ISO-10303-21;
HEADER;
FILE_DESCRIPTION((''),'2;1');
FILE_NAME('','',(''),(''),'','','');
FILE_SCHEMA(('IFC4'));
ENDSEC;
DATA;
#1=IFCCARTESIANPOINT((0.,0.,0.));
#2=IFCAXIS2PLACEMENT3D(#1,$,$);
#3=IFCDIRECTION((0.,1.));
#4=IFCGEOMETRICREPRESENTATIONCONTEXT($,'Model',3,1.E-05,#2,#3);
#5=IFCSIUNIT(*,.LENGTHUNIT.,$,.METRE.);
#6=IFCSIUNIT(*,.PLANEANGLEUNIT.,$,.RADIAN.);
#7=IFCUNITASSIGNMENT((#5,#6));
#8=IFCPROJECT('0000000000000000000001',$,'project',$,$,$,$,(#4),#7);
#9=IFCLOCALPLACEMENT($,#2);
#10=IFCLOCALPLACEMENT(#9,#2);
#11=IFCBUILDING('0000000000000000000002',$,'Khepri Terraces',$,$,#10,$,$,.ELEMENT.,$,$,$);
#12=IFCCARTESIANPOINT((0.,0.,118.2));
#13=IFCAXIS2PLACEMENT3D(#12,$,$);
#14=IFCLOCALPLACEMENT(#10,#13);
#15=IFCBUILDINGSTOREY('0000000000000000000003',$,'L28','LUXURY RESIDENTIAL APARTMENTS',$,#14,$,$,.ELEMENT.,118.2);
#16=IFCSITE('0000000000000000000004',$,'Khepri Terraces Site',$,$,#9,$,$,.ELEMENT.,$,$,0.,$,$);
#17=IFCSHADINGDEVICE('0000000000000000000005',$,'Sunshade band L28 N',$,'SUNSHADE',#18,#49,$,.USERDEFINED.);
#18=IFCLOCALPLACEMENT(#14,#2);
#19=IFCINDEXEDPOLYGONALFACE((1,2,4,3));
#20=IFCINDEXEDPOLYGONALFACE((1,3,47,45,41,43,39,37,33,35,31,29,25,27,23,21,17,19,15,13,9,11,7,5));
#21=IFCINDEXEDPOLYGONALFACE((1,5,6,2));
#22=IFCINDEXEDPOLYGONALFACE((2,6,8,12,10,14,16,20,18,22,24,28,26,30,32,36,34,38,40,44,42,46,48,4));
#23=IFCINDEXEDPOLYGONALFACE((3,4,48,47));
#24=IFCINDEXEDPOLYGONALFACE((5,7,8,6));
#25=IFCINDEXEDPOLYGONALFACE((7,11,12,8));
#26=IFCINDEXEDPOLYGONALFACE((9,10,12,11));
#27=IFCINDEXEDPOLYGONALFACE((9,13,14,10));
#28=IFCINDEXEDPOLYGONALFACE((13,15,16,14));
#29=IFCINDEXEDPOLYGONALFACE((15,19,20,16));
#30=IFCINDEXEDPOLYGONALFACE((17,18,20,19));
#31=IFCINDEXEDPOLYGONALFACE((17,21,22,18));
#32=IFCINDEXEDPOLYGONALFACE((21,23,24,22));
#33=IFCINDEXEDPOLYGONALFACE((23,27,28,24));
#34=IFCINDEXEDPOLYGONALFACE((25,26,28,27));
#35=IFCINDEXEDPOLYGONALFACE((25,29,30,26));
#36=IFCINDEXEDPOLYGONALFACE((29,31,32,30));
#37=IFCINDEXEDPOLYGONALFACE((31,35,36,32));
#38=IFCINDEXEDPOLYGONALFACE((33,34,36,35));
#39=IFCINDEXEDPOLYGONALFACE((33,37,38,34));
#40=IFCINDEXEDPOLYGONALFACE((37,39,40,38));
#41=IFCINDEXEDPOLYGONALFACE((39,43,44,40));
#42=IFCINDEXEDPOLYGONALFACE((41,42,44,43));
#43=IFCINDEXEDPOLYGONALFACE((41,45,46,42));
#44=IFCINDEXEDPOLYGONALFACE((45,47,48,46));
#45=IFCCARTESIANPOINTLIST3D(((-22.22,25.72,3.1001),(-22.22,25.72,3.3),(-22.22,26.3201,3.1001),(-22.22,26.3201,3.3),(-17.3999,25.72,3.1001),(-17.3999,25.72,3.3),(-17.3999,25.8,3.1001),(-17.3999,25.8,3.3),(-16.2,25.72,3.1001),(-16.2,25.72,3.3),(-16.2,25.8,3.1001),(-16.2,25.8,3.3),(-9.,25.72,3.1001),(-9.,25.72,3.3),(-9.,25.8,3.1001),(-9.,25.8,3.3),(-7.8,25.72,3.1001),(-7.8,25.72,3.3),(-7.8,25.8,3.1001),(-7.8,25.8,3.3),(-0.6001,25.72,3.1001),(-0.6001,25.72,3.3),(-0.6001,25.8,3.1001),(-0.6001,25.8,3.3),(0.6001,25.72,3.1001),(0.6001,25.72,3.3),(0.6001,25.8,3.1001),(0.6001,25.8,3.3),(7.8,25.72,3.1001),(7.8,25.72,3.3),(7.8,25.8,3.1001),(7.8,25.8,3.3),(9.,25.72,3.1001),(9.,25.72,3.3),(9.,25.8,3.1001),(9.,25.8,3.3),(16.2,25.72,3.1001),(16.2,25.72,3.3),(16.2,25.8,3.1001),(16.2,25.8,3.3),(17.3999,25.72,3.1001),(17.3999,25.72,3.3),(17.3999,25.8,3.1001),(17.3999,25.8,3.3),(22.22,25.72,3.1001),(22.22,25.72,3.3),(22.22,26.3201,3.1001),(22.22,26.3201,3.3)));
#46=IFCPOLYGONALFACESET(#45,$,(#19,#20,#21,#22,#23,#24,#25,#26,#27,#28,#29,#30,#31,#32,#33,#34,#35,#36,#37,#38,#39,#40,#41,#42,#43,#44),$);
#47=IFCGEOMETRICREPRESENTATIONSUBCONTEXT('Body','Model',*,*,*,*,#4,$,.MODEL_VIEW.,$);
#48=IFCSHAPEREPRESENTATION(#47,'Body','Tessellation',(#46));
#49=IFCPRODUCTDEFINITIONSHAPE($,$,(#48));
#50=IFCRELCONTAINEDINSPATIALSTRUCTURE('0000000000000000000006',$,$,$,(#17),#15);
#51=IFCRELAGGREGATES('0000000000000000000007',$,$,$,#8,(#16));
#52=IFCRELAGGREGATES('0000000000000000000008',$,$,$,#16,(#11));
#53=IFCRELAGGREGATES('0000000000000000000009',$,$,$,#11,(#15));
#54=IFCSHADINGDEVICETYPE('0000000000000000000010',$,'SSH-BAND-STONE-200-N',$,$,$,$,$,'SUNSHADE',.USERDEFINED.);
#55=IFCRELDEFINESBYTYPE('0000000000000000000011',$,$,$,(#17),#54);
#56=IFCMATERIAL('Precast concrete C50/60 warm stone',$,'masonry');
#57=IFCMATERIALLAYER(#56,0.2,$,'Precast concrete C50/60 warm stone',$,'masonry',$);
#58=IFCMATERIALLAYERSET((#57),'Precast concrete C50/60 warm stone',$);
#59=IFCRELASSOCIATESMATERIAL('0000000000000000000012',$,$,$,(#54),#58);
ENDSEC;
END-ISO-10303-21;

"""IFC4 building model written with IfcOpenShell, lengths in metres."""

from ifc_helpers import new_model, si_unit, direction, frame, origin, place, context, subcontext, project, spatial, polyline, outline, extrude, material, layer, layer_set, type_object, element, save


model = new_model("IFC4")

# Units and contexts
model_context = context("Model", 3, precision=1e-05, world=origin(), true_north=direction((0.0, 1.0)))
body_context = subcontext(model_context, "Body", "Model", "MODEL_VIEW")
ifc_project = project(units=[si_unit("LENGTHUNIT", "METRE"), si_unit("PLANEANGLEUNIT", "RADIAN")], contexts=[model_context])

# Site, building, storey
site_placement = place(None, origin())
site = spatial("IfcSite", under=ifc_project, at=site_placement, Name="Khepri Terraces Site", CompositionType="ELEMENT", RefElevation=0.0)
building_placement = place(site_placement, origin())
building = spatial("IfcBuilding", under=site, at=building_placement, Name="Khepri Terraces", CompositionType="ELEMENT")
storey_placement = place(building_placement, frame((0.0, 0.0, 118.2)))
storey = spatial("IfcBuildingStorey", under=building, at=storey_placement, Name="L28", Description="LUXURY RESIDENTIAL APARTMENTS", CompositionType="ELEMENT", Elevation=118.2)

# Shading device
ifc_material_1 = material(Name="Precast concrete C50/60 warm stone", Category="masonry")
ifc_layer_1 = layer(ifc_material_1, 0.2, Name="Precast concrete C50/60 warm stone", Category="masonry")
ifc_layer_set_1 = layer_set([ifc_layer_1], Name="Precast concrete C50/60 warm stone")
shading_device_type_1 = type_object("IfcShadingDeviceType", Name="SSH-BAND-STONE-200-N", ElementType="SUNSHADE", PredefinedType="USERDEFINED", material=ifc_layer_set_1)
shading_device_1_placement = place(storey_placement, frame((0.0, 0.0, 3.1001)))
element("IfcShadingDevice", 1, at=shading_device_1_placement, inside=storey, type_object=shading_device_type_1, Name="Sunshade band L28 N", ObjectType="SUNSHADE", PredefinedType="USERDEFINED", context=body_context, shape_type="SweptSolid", body=[
    extrude(outline(polyline([(17.3999, 25.72), (22.22, 25.72), (22.22, 26.3201), (-22.22, 26.3201), (-22.22, 25.72), (-17.3999, 25.72), (-17.3999, 25.8), (-16.2, 25.8), (-16.2, 25.72), (-9.0, 25.72), (-9.0, 25.8), (-7.8, 25.8), (-7.8, 25.72), (-0.6001, 25.72), (-0.6001, 25.8), (0.6001, 25.8), (0.6001, 25.72), (7.8, 25.72), (7.8, 25.8), (9.0, 25.8), (9.0, 25.72), (16.2, 25.72), (16.2, 25.8), (17.3999, 25.8), (17.3999, 25.72)])), origin(), (0.0, 0.0, 1.0), 0.2),
])

save(model, "model.ifc")
